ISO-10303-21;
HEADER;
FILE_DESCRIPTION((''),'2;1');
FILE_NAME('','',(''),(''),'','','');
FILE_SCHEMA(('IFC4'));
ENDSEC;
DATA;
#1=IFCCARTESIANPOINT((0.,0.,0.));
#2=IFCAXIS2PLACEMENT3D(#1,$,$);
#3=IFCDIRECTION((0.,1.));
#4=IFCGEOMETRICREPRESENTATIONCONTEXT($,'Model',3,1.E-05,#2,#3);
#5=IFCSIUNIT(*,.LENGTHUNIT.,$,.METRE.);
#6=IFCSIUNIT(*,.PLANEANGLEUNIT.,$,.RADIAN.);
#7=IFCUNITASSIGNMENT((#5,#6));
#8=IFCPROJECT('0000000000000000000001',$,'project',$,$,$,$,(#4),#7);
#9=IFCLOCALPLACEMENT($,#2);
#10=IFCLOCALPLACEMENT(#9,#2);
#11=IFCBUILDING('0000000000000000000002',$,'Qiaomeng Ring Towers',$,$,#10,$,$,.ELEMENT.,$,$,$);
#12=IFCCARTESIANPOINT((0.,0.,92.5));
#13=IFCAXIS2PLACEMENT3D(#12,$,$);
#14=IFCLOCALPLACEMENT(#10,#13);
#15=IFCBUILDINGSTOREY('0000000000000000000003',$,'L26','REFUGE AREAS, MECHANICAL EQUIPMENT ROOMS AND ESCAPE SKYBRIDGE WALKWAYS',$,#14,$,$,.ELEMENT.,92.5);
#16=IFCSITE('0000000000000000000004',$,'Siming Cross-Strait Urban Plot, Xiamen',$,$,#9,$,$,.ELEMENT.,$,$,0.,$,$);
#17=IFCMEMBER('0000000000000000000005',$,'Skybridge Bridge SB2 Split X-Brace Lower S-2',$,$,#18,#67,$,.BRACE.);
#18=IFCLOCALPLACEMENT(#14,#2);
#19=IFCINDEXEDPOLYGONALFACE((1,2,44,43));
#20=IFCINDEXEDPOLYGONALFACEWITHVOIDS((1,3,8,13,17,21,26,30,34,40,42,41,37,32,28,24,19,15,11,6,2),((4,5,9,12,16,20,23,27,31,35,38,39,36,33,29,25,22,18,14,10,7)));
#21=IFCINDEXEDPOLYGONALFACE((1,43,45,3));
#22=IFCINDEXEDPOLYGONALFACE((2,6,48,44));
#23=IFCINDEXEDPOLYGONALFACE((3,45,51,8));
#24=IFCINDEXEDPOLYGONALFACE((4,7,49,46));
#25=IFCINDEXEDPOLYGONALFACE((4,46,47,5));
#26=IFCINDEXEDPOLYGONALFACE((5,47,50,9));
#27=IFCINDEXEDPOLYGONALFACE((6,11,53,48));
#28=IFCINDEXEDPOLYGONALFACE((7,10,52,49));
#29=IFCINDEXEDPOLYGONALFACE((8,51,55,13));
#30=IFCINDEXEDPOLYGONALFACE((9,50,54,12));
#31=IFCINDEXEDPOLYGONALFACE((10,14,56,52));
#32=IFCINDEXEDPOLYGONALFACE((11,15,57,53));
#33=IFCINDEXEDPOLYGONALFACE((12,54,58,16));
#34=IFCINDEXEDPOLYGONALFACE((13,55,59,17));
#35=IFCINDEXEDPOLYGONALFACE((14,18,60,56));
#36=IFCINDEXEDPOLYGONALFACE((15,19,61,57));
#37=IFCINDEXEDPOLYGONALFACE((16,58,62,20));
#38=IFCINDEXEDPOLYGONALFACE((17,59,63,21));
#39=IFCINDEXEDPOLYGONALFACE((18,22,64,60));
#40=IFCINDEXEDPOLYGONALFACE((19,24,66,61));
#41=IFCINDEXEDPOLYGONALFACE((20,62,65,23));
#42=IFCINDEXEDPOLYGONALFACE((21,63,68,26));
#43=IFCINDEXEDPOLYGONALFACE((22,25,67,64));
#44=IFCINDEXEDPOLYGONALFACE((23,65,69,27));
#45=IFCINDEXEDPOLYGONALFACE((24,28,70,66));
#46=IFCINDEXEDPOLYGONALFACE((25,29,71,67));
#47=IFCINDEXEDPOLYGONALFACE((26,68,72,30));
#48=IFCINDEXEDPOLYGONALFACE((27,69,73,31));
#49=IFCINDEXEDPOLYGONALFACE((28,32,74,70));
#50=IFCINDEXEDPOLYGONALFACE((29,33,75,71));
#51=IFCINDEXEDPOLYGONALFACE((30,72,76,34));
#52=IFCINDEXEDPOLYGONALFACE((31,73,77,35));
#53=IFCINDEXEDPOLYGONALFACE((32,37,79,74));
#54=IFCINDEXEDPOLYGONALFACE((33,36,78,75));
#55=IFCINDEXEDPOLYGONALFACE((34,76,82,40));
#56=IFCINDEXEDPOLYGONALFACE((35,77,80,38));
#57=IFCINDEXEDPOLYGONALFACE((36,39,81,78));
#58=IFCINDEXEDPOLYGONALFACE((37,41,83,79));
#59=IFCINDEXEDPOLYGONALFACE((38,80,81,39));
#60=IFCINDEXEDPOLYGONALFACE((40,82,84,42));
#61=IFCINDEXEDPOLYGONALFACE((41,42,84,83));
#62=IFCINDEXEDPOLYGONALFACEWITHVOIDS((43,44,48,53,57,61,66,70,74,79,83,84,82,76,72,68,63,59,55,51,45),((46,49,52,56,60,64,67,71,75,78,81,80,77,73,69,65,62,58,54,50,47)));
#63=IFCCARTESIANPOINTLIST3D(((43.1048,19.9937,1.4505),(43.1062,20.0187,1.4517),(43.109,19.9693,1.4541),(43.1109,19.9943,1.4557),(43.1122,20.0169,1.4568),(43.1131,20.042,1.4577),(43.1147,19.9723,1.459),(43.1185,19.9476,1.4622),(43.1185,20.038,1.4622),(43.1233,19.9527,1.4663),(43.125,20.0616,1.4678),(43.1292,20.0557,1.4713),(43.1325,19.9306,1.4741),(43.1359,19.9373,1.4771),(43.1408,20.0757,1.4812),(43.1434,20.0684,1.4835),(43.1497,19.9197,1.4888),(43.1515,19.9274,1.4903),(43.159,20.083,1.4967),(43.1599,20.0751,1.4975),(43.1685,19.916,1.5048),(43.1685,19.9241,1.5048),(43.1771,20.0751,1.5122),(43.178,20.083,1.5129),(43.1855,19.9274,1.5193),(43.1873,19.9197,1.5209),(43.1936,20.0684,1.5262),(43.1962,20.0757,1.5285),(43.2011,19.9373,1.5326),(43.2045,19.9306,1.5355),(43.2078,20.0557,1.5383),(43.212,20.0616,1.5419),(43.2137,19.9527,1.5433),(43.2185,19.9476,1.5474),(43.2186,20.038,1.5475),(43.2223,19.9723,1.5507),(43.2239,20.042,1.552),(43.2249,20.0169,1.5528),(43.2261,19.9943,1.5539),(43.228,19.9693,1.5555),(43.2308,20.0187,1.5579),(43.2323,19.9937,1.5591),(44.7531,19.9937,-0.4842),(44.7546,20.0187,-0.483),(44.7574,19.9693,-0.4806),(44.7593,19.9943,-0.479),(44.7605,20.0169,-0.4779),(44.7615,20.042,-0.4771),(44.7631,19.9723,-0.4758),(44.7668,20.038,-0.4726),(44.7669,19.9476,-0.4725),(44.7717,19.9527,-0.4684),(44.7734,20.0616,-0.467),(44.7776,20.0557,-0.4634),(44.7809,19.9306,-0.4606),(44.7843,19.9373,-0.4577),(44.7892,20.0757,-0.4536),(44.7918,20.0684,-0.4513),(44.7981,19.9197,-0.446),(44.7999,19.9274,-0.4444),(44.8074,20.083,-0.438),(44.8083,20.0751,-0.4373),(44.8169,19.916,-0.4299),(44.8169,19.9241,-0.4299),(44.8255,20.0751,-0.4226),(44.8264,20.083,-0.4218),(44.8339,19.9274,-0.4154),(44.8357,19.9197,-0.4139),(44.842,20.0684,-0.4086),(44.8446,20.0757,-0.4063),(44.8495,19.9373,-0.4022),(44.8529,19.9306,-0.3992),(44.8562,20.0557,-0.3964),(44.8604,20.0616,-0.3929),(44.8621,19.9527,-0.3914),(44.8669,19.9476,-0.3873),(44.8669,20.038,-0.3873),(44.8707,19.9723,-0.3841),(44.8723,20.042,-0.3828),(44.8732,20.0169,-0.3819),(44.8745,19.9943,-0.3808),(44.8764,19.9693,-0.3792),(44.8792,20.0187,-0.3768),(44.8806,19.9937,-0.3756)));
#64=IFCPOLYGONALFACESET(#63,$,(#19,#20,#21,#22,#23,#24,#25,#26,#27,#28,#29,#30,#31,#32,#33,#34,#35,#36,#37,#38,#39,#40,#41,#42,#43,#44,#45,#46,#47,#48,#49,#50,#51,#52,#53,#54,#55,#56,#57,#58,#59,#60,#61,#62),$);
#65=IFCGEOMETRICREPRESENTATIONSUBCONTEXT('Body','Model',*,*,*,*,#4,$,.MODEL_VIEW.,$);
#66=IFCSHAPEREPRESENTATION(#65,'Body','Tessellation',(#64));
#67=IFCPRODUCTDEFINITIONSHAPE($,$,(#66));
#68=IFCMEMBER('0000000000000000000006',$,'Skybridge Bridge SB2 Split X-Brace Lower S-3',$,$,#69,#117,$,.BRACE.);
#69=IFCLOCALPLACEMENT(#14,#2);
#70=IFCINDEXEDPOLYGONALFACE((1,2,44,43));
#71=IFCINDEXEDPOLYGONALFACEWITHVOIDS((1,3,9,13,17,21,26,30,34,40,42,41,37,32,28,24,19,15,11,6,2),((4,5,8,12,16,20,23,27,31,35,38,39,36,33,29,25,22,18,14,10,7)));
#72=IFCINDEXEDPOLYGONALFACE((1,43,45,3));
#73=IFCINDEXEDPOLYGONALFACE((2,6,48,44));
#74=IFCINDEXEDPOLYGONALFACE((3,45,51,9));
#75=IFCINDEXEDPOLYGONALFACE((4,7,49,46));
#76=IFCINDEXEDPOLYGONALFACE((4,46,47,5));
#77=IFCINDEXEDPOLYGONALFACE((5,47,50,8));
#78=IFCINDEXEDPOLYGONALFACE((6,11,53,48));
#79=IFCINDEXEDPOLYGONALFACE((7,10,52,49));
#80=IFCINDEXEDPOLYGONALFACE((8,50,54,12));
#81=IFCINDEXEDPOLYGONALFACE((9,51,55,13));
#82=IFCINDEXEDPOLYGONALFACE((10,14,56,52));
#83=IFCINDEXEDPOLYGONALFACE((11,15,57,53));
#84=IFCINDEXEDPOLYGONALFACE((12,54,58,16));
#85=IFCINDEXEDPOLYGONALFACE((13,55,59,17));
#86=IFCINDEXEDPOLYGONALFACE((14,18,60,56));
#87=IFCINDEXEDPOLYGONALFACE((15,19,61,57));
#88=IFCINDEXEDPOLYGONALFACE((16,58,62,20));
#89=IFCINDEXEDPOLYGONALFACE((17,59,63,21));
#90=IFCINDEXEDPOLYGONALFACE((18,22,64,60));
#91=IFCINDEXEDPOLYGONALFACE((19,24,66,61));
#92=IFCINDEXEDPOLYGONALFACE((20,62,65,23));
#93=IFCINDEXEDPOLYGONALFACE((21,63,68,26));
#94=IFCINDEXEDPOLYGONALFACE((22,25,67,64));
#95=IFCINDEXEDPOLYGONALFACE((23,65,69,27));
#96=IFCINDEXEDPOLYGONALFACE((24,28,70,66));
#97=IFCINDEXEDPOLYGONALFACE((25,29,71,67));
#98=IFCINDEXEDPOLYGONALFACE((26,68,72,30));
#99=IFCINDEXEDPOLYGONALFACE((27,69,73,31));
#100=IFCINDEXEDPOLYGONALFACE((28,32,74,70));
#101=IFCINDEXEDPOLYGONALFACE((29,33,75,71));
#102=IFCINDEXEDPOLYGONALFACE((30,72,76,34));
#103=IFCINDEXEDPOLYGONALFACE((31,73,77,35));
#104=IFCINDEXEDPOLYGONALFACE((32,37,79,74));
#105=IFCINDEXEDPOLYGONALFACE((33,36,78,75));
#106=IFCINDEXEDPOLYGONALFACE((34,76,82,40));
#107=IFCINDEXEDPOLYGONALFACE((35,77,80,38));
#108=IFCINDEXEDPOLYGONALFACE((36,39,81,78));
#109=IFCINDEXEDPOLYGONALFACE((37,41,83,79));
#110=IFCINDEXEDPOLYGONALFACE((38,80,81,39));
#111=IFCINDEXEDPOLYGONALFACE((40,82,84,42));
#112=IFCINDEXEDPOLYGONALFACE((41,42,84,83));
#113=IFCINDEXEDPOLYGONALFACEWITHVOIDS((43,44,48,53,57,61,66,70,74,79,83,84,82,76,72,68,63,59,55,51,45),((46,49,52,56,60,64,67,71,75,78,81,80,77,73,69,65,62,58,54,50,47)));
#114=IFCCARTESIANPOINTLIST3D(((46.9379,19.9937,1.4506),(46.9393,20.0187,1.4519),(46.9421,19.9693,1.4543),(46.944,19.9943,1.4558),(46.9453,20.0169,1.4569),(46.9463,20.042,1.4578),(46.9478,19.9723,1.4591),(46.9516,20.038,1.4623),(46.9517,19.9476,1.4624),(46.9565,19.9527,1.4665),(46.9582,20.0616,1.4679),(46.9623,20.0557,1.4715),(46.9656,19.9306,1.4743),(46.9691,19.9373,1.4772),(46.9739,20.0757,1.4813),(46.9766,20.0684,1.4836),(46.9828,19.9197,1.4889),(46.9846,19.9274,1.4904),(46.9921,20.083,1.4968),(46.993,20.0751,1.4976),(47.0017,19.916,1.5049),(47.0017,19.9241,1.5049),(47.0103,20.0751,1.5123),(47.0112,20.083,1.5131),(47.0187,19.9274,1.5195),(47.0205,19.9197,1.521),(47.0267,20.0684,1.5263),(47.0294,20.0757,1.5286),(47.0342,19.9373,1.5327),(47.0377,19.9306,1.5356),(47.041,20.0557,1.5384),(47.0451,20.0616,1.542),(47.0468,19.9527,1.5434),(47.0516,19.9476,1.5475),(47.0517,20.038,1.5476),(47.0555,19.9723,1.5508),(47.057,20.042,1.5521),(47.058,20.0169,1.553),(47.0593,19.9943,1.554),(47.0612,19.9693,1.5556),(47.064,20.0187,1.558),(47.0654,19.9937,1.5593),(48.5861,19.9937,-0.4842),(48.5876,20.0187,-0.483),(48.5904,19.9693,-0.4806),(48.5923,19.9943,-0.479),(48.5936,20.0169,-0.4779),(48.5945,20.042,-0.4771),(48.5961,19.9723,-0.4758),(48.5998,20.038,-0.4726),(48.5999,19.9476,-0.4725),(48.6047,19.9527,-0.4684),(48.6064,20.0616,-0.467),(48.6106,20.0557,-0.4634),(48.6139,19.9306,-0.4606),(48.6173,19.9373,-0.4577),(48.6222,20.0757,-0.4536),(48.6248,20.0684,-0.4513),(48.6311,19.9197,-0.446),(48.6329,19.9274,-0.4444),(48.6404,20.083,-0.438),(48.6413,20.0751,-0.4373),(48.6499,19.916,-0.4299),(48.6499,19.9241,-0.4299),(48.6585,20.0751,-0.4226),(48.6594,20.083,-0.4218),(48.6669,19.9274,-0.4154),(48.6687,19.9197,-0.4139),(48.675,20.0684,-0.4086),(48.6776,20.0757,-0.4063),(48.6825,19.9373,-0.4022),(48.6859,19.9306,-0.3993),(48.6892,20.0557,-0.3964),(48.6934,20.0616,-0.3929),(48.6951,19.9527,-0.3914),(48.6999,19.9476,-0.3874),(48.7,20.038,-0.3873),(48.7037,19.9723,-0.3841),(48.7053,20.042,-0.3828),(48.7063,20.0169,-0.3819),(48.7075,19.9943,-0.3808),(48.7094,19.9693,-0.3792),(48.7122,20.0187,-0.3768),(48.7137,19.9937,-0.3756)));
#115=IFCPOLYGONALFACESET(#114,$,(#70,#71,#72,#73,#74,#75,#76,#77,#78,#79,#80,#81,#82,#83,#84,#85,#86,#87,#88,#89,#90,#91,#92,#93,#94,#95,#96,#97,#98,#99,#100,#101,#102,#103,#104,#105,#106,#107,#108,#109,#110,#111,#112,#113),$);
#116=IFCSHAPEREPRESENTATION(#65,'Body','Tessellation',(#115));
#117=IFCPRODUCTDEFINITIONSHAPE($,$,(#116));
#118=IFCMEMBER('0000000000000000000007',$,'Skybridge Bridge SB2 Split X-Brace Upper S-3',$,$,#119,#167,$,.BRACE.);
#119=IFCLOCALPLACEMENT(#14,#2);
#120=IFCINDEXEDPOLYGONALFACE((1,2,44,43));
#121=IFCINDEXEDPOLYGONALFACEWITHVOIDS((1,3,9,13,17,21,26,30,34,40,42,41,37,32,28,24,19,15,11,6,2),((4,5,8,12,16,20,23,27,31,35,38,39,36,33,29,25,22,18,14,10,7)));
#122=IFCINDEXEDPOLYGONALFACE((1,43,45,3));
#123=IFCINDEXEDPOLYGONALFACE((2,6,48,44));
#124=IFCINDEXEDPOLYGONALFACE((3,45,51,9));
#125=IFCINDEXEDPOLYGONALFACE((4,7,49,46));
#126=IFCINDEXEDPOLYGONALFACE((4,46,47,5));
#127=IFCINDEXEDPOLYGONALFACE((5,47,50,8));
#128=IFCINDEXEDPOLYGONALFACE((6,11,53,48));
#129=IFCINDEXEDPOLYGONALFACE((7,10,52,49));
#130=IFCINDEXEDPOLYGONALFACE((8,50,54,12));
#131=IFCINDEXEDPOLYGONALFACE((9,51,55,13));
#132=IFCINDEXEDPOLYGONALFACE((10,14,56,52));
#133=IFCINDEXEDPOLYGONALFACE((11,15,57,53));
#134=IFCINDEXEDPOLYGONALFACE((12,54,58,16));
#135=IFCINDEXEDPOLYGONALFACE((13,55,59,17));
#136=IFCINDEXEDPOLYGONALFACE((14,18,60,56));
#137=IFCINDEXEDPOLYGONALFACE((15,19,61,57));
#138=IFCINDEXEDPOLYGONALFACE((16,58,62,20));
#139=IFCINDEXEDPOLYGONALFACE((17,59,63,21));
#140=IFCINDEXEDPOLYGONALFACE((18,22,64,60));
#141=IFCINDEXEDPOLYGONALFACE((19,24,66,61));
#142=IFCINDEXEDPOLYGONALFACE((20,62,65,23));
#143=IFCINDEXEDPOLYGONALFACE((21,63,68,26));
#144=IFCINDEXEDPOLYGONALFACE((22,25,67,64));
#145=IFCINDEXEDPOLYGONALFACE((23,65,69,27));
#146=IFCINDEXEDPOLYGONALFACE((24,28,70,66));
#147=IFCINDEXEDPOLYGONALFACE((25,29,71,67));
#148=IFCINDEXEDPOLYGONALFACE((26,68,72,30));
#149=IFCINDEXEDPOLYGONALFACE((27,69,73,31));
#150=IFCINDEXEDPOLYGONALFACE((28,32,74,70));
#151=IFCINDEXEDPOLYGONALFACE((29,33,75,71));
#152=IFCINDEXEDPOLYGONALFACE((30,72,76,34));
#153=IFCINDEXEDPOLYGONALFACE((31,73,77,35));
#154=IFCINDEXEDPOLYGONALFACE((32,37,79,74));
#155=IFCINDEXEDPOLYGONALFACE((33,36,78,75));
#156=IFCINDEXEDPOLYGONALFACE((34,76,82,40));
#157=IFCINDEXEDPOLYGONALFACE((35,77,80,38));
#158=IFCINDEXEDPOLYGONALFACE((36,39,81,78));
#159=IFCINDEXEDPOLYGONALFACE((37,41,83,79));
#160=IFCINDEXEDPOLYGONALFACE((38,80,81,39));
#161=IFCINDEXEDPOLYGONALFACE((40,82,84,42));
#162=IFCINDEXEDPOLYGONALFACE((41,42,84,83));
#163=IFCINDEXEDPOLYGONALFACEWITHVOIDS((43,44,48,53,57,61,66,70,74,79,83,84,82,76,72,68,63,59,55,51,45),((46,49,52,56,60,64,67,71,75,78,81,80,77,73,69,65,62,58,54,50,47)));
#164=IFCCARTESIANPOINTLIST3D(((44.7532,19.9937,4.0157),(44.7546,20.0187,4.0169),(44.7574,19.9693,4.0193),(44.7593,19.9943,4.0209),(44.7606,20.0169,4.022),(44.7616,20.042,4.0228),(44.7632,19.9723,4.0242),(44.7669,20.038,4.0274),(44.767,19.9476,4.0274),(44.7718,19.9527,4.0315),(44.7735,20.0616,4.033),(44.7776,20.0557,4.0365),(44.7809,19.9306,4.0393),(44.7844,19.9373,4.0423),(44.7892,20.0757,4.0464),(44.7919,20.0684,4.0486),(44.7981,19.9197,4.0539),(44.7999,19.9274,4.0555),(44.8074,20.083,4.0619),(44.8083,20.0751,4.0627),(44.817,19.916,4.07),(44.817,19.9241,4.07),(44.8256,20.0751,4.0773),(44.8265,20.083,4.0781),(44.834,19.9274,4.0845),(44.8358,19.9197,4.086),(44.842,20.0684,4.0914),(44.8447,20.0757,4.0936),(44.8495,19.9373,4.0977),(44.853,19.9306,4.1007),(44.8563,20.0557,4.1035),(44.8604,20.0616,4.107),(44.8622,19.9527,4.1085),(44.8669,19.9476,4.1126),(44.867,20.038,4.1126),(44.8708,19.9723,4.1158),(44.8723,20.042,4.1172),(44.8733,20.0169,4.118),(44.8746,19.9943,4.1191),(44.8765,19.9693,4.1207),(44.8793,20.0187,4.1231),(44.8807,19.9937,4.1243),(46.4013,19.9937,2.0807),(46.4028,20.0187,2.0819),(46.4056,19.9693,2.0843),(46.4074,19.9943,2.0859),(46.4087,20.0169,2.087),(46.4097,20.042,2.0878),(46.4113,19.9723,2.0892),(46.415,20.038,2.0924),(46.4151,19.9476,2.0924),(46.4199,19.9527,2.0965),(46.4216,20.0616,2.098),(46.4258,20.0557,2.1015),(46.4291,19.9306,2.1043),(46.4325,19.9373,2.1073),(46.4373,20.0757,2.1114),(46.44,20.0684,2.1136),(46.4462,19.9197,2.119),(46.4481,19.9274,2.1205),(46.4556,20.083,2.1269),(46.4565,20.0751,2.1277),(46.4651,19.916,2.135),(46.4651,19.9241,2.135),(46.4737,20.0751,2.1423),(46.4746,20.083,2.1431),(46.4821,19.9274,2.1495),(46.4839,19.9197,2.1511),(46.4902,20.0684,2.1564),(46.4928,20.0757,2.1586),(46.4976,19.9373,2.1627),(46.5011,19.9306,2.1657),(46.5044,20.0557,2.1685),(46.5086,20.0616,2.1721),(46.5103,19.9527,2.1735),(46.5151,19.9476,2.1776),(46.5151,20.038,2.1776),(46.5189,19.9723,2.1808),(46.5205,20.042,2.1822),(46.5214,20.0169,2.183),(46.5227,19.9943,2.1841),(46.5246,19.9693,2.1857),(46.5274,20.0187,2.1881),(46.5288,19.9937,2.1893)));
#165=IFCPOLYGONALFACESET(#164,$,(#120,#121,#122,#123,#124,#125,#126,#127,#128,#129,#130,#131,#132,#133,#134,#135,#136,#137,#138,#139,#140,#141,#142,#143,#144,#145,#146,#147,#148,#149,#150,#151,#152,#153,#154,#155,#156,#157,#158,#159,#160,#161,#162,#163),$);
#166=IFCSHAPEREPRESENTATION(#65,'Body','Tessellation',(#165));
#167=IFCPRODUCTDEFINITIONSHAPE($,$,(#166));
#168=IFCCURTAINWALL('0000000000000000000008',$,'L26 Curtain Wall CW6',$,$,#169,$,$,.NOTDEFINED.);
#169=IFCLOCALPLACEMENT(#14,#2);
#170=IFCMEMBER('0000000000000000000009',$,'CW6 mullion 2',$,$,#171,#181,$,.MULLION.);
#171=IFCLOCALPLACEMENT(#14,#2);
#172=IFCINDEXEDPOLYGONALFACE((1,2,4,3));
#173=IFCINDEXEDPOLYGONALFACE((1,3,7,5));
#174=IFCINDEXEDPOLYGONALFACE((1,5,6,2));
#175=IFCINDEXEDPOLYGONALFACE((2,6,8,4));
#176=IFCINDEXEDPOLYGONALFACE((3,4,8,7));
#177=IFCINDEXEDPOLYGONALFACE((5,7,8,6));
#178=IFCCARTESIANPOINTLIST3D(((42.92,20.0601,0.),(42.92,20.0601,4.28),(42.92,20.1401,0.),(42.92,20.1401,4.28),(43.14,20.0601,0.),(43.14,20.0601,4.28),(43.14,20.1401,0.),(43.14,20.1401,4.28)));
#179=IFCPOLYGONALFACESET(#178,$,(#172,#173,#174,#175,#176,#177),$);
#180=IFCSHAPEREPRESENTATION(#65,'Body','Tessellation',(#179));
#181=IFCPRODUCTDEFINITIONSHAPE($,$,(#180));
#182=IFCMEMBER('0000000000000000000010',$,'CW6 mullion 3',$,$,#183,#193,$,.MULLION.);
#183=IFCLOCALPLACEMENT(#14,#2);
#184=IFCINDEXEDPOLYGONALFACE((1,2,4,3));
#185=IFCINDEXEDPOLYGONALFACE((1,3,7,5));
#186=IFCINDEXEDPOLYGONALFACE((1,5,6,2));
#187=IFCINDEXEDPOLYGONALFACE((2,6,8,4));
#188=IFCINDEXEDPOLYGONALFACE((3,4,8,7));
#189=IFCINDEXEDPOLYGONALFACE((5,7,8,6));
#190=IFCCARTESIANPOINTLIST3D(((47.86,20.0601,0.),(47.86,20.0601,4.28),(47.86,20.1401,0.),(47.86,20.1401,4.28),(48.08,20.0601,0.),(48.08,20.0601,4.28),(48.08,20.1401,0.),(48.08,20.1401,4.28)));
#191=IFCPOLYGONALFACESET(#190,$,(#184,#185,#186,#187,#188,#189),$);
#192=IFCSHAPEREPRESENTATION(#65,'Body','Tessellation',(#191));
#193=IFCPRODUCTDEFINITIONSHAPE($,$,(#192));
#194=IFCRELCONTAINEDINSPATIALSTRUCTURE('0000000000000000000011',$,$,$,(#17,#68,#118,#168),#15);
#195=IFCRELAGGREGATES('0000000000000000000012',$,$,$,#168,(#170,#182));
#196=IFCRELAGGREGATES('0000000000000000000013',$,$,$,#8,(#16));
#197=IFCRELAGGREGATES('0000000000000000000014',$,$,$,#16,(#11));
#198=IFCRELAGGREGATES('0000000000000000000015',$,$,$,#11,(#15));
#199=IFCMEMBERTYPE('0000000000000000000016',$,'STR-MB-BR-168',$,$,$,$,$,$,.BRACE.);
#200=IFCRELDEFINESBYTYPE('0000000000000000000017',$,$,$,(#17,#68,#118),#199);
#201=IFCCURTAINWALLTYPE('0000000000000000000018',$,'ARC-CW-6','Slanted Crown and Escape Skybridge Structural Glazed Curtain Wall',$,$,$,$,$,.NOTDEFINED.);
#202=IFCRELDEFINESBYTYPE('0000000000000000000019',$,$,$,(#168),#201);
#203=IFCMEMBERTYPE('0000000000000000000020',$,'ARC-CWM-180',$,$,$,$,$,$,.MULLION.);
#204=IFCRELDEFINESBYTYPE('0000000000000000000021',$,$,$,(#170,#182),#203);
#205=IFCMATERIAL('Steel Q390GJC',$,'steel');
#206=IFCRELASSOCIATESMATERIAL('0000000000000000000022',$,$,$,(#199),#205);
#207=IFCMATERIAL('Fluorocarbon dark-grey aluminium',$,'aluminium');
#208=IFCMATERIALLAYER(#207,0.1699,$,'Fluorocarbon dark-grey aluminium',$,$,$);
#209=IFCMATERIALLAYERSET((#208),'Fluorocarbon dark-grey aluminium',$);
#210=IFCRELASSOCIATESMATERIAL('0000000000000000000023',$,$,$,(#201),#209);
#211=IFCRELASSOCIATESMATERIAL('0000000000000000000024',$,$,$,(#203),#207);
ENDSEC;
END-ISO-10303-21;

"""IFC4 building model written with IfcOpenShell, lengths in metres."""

from ifc_helpers import new_model, si_unit, direction, frame, origin, origin_2d, place, context, subcontext, project, spatial, rectangle, hollow_circle, extrude, source, transform, mapped, material, layer, layer_set, material_profile, profile_set, type_object, element, aggregate, save


model = new_model("IFC4")

# Units and contexts
model_context = context("Model", 3, precision=1e-05, world=origin(), true_north=direction((0.0, 1.0)))
body_context = subcontext(model_context, "Body", "Model", "MODEL_VIEW")
ifc_project = project(units=[si_unit("LENGTHUNIT", "METRE"), si_unit("PLANEANGLEUNIT", "RADIAN")], contexts=[model_context])

# Site, building, storey
site_placement = place(None, origin())
site = spatial("IfcSite", under=ifc_project, at=site_placement, Name="Siming Cross-Strait Urban Plot, Xiamen", CompositionType="ELEMENT", RefElevation=0.0)
building_placement = place(site_placement, origin())
building = spatial("IfcBuilding", under=site, at=building_placement, Name="Qiaomeng Ring Towers", CompositionType="ELEMENT")
storey_placement = place(building_placement, frame((0.0, 0.0, 92.5)))
storey = spatial("IfcBuildingStorey", under=building, at=storey_placement, Name="L26", Description="REFUGE AREAS, MECHANICAL EQUIPMENT ROOMS AND ESCAPE SKYBRIDGE WALKWAYS", CompositionType="ELEMENT", Elevation=92.5)

# Shared definitions
ifc_material_1 = material(Name="Steel Q390GJC", Category="steel")

# Members
ifc_material_profile_1 = material_profile(ifc_material_1, hollow_circle(Radius=0.084, WallThickness=0.0081, at=origin_2d()), Name="CHS 168x8")
ifc_profile_set_1 = profile_set([ifc_material_profile_1], Name="Steel Q390GJC")
member_type_1 = type_object("IfcMemberType", Name="STR-MB-BR-168", PredefinedType="BRACE", material=ifc_profile_set_1)
shared_shape_1 = source(origin(), body_context, "Body", "SweptSolid", [
    extrude(hollow_circle(Radius=0.084, WallThickness=0.0081, at=origin_2d()), origin(), (0.0, 0.0, 1.0), 2.5417),
])
for number, where, z_axis, x_axis, name in (
    (1, (44.8169, 20.0, -0.4299), (-0.648526, 0.0, 0.761192), (0.0, -1.0, 0.0), "Skybridge Bridge SB2 Split X-Brace Lower S-2"),
    (2, (48.6499, 20.0, -0.4299), (-0.648471, 0.0, 0.76124), (0.0, -1.0, 0.0), "Skybridge Bridge SB2 Split X-Brace Lower S-3"),
    (3, (46.4651, 20.0, 2.135), (-0.648423, 0.0, 0.76128), (0.0, -1.0, 0.0), "Skybridge Bridge SB2 Split X-Brace Upper S-3"),
):
    element("IfcMember", number, at=place(storey_placement, frame(where, z_axis=z_axis, x_axis=x_axis)), inside=storey, type_object=member_type_1, Name=name, PredefinedType="BRACE", context=body_context, shape_type="MappedRepresentation", body=[
        mapped(shared_shape_1, transform((0.0, 0.0, 0.0), x_axis=(1.0, 0.0, 0.0), y_axis=(0.0, 1.0, 0.0), z_axis=(0.0, 0.0, 1.0), scale=1.0)),
    ])

# Curtain wall, members
ifc_material_2 = material(Name="Fluorocarbon dark-grey aluminium", Category="aluminium")
ifc_layer_1 = layer(ifc_material_2, 0.1699, Name="Fluorocarbon dark-grey aluminium")
ifc_layer_set_1 = layer_set([ifc_layer_1], Name="Fluorocarbon dark-grey aluminium")
curtain_wall_type_1 = type_object("IfcCurtainWallType", Name="ARC-CW-6", Description="Slanted Crown and Escape Skybridge Structural Glazed Curtain Wall", PredefinedType="NOTDEFINED", material=ifc_layer_set_1)
curtain_wall_1_placement = place(storey_placement, origin())
curtain_wall_1 = element("IfcCurtainWall", 4, at=curtain_wall_1_placement, inside=storey, type_object=curtain_wall_type_1, Name="L26 Curtain Wall CW6", PredefinedType="NOTDEFINED")
ifc_material_profile_2 = material_profile(ifc_material_2, rectangle(XDim=0.0801, YDim=0.22, at=origin_2d()), Name="ALU MULL 80x220")
ifc_profile_set_2 = profile_set([ifc_material_profile_2], Name="Fluorocarbon dark-grey aluminium")
member_type_2 = type_object("IfcMemberType", Name="ARC-CWM-180", PredefinedType="MULLION", material=ifc_profile_set_2)
shared_shape_2 = source(origin(), body_context, "Body", "SweptSolid", [
    extrude(rectangle(XDim=0.0801, YDim=0.22, at=origin_2d()), origin(), (0.0, 0.0, 1.0), 4.28),
])
member_1_placement = place(storey_placement, frame((43.03, 20.1001, 0.0), z_axis=(0.0, 0.0, 1.0), x_axis=(0.0, 1.0, 0.0)))
member_1 = element("IfcMember", 5, at=member_1_placement, type_object=member_type_2, Name="CW6 mullion 2", PredefinedType="MULLION", context=body_context, shape_type="MappedRepresentation", body=[
    mapped(shared_shape_2, transform((0.0, 0.0, 0.0), x_axis=(1.0, 0.0, 0.0), y_axis=(0.0, 1.0, 0.0), z_axis=(0.0, 0.0, 1.0), scale=1.0)),
])
member_2_placement = place(storey_placement, frame((47.97, 20.1001, 0.0), z_axis=(0.0, 0.0, 1.0), x_axis=(0.0, 1.0, 0.0)))
member_2 = element("IfcMember", 6, at=member_2_placement, type_object=member_type_2, Name="CW6 mullion 3", PredefinedType="MULLION", context=body_context, shape_type="MappedRepresentation", body=[
    mapped(shared_shape_2, transform((0.0, 0.0, 0.0), x_axis=(1.0, 0.0, 0.0), y_axis=(0.0, 1.0, 0.0), z_axis=(0.0, 0.0, 1.0), scale=1.0)),
])

aggregate(curtain_wall_1, [member_1, member_2])

save(model, "model.ifc")
